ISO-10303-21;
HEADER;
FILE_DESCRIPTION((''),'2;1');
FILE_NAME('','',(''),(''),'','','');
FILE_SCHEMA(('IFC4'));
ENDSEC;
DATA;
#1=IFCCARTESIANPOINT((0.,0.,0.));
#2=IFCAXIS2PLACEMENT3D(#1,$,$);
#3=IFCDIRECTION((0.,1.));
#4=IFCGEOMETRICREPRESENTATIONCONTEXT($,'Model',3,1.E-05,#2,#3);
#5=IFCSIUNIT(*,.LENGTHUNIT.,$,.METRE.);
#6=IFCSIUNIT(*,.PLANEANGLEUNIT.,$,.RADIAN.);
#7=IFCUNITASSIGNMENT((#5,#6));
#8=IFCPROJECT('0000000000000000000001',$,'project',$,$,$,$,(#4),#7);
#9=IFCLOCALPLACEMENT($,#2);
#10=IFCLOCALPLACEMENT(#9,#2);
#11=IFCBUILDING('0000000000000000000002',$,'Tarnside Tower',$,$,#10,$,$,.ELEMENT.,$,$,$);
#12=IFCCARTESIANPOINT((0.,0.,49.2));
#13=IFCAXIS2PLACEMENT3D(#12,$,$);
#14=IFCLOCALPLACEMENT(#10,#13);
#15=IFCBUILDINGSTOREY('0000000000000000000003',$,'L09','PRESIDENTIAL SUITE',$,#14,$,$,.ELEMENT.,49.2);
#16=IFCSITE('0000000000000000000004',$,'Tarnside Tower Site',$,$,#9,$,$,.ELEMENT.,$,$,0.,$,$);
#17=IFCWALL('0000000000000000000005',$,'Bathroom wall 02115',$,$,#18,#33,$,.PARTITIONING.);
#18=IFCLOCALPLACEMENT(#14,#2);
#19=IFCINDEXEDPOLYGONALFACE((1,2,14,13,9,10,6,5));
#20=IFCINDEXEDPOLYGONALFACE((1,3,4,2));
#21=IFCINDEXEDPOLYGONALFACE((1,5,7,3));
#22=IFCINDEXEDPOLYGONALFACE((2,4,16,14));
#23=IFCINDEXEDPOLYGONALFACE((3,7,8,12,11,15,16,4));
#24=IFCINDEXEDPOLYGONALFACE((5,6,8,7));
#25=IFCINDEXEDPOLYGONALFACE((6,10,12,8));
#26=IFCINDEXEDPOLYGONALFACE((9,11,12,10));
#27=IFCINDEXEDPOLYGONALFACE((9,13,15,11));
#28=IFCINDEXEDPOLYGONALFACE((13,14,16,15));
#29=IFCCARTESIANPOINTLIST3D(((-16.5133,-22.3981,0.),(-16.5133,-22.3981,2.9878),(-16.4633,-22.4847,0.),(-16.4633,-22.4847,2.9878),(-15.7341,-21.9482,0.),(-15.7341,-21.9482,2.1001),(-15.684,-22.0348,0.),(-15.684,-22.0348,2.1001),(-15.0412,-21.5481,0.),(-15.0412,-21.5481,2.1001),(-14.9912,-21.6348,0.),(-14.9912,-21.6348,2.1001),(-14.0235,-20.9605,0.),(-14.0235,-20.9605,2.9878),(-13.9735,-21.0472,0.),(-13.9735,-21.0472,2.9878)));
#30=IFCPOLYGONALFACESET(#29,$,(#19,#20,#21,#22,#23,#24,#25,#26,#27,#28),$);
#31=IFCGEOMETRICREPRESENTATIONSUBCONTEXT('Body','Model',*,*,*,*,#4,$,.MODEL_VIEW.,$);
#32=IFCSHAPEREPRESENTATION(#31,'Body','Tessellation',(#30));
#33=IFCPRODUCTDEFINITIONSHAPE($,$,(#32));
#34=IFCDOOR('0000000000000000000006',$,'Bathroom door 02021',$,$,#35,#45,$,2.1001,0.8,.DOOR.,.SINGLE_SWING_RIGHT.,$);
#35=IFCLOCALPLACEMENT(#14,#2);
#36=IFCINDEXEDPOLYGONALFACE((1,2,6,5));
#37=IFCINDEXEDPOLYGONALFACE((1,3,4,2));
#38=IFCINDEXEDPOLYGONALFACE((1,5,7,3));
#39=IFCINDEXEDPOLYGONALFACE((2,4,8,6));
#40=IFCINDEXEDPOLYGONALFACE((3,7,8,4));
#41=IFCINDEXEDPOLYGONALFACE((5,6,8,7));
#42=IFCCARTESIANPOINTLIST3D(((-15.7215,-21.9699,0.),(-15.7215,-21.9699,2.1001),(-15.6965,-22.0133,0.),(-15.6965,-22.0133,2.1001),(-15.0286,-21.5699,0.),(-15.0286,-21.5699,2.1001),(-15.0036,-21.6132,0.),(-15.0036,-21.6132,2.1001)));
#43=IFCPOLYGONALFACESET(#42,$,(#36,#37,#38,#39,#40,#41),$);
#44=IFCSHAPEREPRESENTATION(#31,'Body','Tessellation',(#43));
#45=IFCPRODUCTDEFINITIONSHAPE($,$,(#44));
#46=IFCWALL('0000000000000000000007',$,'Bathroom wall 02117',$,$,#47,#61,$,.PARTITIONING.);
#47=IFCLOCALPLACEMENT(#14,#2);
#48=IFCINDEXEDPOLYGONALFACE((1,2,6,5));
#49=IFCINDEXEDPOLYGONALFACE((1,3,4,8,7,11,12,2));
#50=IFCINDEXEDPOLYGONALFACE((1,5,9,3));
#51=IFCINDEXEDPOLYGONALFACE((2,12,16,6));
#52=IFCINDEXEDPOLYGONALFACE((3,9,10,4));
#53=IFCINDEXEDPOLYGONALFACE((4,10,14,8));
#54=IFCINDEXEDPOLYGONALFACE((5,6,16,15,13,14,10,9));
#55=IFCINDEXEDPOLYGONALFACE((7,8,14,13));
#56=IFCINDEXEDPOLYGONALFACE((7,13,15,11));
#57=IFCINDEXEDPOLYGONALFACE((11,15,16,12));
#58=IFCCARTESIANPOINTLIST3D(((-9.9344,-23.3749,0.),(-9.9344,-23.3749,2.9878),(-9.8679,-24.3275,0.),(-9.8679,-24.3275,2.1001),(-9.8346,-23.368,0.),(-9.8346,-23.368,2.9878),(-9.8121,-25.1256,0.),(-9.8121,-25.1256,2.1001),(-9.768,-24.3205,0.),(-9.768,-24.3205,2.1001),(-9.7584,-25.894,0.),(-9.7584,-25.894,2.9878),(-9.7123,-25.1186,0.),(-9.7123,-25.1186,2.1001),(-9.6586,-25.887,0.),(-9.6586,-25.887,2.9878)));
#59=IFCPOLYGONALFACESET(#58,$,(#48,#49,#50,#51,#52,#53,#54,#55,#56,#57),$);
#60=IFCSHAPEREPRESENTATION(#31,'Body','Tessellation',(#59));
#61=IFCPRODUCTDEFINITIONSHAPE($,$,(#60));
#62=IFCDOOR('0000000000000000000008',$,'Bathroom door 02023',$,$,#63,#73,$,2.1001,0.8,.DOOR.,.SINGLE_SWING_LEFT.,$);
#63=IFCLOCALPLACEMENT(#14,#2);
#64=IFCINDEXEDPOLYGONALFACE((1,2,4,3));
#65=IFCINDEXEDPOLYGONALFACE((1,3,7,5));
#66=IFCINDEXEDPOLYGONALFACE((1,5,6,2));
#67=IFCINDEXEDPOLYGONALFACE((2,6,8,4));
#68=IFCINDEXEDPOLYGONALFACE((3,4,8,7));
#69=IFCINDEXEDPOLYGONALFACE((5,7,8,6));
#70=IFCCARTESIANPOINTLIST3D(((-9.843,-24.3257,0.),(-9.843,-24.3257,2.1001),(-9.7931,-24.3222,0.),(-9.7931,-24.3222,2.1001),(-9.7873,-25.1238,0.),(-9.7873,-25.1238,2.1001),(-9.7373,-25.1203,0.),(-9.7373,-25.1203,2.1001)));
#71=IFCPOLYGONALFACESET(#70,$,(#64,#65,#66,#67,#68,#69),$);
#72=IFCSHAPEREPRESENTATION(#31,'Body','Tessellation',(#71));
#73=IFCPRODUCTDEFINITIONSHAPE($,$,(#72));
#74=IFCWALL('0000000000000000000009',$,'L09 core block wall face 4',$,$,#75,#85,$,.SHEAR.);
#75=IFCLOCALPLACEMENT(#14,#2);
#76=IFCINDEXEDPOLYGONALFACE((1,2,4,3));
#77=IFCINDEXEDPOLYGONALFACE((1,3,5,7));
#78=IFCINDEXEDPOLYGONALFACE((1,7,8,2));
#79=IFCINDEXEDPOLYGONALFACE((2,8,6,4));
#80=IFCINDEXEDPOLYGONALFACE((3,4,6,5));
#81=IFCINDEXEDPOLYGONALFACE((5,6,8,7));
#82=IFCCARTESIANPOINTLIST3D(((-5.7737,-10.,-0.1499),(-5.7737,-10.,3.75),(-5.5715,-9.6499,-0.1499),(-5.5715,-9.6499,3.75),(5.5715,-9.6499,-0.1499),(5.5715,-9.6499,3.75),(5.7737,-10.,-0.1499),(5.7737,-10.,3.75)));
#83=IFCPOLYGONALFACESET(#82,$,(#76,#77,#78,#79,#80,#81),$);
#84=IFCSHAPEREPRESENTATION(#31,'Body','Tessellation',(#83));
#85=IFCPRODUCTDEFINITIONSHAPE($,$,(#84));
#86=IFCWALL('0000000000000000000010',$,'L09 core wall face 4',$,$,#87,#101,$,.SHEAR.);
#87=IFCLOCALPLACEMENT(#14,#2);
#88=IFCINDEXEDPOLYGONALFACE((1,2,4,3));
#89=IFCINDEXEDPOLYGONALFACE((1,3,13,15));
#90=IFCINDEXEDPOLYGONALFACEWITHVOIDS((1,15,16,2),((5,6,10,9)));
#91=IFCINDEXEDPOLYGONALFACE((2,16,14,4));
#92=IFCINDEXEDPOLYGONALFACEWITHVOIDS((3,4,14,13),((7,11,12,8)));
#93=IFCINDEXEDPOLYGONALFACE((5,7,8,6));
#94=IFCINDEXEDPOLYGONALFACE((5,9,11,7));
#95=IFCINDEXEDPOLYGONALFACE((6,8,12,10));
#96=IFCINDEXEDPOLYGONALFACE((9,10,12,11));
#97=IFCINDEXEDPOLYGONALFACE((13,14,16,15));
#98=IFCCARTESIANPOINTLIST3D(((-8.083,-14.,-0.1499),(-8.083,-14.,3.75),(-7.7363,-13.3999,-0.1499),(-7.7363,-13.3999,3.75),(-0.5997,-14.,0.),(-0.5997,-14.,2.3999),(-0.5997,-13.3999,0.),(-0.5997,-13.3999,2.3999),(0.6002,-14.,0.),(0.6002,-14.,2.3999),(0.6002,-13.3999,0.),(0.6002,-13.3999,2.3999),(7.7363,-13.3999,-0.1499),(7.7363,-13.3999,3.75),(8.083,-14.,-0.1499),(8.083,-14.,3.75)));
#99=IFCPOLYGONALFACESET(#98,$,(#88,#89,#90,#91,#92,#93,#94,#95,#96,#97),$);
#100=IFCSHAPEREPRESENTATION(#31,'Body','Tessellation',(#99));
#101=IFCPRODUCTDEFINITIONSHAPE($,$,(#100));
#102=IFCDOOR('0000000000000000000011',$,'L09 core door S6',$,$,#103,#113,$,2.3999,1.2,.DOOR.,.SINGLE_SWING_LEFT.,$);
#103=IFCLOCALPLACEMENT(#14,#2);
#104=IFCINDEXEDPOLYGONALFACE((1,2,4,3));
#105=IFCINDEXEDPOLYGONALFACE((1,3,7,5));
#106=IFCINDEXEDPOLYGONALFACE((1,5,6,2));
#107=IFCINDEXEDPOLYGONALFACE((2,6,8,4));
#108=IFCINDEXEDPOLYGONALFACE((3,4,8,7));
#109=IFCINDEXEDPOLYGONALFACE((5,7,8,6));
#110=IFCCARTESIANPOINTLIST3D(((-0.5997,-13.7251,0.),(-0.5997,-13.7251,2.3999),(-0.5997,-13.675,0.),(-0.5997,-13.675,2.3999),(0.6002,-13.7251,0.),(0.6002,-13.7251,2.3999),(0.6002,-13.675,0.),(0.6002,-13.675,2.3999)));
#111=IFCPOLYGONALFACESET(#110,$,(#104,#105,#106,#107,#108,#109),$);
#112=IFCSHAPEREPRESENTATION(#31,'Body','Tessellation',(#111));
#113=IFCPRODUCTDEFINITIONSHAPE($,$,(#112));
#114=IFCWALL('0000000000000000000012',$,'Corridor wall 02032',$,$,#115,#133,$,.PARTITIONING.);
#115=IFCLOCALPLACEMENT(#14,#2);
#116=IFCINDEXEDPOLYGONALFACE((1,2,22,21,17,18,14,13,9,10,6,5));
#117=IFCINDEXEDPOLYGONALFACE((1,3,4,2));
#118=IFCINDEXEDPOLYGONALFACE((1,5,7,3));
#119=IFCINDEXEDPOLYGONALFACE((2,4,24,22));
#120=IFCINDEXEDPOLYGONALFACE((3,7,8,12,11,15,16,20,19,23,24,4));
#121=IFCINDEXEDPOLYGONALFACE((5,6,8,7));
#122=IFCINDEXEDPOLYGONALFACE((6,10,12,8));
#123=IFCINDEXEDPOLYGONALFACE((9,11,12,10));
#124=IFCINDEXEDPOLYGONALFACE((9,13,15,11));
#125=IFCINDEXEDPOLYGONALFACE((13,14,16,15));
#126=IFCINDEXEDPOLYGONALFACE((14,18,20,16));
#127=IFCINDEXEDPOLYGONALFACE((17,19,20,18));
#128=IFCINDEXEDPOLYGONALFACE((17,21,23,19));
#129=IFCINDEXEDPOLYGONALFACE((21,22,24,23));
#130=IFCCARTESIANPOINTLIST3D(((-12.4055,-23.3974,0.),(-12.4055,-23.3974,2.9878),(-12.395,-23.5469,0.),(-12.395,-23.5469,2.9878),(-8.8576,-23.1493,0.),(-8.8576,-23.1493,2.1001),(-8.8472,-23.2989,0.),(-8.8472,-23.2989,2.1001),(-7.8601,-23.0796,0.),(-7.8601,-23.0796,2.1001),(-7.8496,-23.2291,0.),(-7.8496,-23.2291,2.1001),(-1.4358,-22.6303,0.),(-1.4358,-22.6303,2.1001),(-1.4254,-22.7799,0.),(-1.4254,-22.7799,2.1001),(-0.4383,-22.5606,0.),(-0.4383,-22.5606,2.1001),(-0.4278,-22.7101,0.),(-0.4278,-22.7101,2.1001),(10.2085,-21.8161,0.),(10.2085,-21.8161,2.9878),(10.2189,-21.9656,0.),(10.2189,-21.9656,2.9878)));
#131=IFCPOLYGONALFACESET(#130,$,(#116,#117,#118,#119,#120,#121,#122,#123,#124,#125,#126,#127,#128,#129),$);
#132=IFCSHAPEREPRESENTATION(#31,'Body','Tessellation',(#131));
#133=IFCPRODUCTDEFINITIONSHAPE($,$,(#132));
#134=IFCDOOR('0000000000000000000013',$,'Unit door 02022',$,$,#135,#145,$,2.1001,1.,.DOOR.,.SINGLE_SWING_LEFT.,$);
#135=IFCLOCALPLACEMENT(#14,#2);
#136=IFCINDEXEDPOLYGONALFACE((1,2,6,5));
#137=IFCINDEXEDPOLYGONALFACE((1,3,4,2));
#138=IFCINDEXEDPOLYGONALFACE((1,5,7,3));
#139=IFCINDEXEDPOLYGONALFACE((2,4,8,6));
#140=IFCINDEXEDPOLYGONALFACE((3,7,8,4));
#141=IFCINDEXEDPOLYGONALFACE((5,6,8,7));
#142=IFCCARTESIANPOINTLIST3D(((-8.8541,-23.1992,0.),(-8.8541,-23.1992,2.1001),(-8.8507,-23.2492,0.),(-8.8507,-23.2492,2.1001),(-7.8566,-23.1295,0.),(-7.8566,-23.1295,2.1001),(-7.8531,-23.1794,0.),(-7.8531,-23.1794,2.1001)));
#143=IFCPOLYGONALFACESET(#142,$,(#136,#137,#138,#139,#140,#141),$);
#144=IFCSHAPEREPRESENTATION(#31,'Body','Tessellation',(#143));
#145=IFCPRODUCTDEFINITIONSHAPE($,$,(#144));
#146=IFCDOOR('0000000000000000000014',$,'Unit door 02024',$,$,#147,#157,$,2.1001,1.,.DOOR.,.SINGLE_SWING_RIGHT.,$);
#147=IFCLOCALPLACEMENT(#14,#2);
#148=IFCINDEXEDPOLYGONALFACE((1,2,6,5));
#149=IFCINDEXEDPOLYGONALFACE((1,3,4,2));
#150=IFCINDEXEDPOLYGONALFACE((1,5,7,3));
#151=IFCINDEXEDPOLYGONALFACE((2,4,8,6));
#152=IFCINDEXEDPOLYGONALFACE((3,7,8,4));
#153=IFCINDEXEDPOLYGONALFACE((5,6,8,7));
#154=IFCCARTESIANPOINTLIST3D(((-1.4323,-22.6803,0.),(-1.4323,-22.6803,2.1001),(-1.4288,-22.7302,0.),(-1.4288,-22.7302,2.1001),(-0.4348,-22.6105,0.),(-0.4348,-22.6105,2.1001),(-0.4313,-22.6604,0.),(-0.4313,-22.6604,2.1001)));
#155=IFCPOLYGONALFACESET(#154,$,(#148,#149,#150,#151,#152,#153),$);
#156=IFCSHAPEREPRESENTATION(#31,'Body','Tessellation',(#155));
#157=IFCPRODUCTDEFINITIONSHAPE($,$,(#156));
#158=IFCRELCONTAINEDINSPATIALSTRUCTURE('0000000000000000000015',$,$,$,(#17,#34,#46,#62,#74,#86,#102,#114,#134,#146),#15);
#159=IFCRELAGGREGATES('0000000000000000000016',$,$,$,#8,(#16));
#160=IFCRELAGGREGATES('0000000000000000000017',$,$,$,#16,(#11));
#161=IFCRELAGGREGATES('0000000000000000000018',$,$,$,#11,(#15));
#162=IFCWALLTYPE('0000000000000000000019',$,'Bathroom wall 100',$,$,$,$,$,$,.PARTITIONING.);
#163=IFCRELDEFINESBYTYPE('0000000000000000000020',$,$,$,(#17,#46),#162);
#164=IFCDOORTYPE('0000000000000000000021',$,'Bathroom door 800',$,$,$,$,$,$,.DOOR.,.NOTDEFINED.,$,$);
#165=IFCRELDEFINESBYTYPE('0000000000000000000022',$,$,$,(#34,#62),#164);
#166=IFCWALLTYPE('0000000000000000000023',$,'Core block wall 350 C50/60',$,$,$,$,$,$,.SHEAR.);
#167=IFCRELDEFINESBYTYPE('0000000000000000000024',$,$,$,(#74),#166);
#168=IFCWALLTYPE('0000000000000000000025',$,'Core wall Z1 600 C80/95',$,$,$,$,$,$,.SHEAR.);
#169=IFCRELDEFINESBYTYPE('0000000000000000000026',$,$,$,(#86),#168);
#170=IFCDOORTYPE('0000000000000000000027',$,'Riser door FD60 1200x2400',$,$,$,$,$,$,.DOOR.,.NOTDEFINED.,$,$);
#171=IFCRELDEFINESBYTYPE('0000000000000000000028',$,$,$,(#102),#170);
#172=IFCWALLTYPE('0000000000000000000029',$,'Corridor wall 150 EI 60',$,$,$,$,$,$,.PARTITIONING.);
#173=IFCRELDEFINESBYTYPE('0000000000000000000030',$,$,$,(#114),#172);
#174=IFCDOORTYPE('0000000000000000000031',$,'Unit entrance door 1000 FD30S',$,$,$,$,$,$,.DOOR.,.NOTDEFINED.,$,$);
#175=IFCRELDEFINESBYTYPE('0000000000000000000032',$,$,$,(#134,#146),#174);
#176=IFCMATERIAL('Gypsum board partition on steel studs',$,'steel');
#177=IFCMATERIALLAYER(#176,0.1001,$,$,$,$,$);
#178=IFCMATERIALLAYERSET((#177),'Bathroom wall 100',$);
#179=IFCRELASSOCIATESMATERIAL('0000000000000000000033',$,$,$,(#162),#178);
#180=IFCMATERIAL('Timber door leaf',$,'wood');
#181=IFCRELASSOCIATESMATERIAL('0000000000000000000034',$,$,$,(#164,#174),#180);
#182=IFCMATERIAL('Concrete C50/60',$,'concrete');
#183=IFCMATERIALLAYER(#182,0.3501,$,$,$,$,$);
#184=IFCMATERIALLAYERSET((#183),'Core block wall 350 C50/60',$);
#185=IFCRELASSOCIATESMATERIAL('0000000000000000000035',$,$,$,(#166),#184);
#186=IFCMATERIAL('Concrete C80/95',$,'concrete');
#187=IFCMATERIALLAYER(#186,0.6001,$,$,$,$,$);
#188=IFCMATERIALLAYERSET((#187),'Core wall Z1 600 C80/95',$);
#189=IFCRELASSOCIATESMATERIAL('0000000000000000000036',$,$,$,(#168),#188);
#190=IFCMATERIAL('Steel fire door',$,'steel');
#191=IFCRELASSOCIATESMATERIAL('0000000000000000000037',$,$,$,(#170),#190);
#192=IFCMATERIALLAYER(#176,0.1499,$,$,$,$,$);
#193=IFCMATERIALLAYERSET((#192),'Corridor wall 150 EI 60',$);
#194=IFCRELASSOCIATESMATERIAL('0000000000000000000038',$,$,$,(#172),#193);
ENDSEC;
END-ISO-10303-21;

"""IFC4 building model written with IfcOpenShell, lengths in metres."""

from ifc_helpers import new_model, si_unit, direction, frame, frame_2d, origin, place, context, subcontext, project, spatial, polyline, rectangle, outline, extrude, material, layer, layer_set, type_object, element, fill, save


model = new_model("IFC4")

# Units and contexts
model_context = context("Model", 3, precision=1e-05, world=origin(), true_north=direction((0.0, 1.0)))
body_context = subcontext(model_context, "Body", "Model", "MODEL_VIEW")
ifc_project = project(units=[si_unit("LENGTHUNIT", "METRE"), si_unit("PLANEANGLEUNIT", "RADIAN")], contexts=[model_context])

# Site, building, storey
site_placement = place(None, origin())
site = spatial("IfcSite", under=ifc_project, at=site_placement, Name="Tarnside Tower Site", CompositionType="ELEMENT", RefElevation=0.0)
building_placement = place(site_placement, origin())
building = spatial("IfcBuilding", under=site, at=building_placement, Name="Tarnside Tower", CompositionType="ELEMENT")
storey_placement = place(building_placement, frame((0.0, 0.0, 49.2)))
storey = spatial("IfcBuildingStorey", under=building, at=storey_placement, Name="L09", Description="PRESIDENTIAL SUITE", CompositionType="ELEMENT", Elevation=49.2)

# Walls, openings, doors
ifc_material_1 = material(Name="Gypsum board partition on steel studs", Category="steel")
ifc_layer_1 = layer(ifc_material_1, 0.1001)
ifc_layer_set_1 = layer_set([ifc_layer_1], Name="Bathroom wall 100")
wall_type_1 = type_object("IfcWallType", Name="Bathroom wall 100", PredefinedType="PARTITIONING", material=ifc_layer_set_1)
wall_1_placement = place(storey_placement, frame((-16.4883, -22.4414, 0.0), z_axis=(0.0, 0.0, 1.0), x_axis=(0.866019, 0.500012, 0.0)))
wall_1 = element("IfcWall", 1, at=wall_1_placement, inside=storey, type_object=wall_type_1, Name="Bathroom wall 02115", PredefinedType="PARTITIONING", context=body_context, shape_type="SweptSolid", body=[
    extrude(rectangle(XDim=2.875, YDim=0.1001, at=frame_2d((1.4375, 0.0))), origin(), (0.0, 0.0, 1.0), 2.9878),
])
opening_1_placement = place(wall_1_placement, frame((0.8999, 0.0, 0.0)))
opening_1 = element("IfcOpeningElement", 2, at=opening_1_placement, cuts=wall_1, PredefinedType="OPENING", context=body_context, shape_type="SweptSolid", body=[
    extrude(rectangle(XDim=0.8, YDim=2.1001, at=frame_2d((0.3999, 1.05))), frame((0.0, 0.0601, 0.0), z_axis=(0.0, -1.0, 0.0), x_axis=(1.0, 0.0, 0.0)), (0.0, 0.0, 1.0), 0.1201),
])
ifc_material_2 = material(Name="Timber door leaf", Category="wood")
door_type_1 = type_object("IfcDoorType", Name="Bathroom door 800", OperationType="NOTDEFINED", PredefinedType="DOOR", material=ifc_material_2)
door_1_placement = place(opening_1_placement, origin())
door_1 = element("IfcDoor", 3, at=door_1_placement, inside=storey, type_object=door_type_1, Name="Bathroom door 02021", OperationType="SINGLE_SWING_RIGHT", OverallHeight=2.1001, OverallWidth=0.8, PredefinedType="DOOR", context=body_context, shape_type="SweptSolid", body=[
    extrude(rectangle(XDim=0.8, YDim=2.1001, at=frame_2d((0.3999, 1.05))), frame((0.0, 0.0249, 0.0), z_axis=(0.0, -1.0, 0.0), x_axis=(1.0, 0.0, 0.0)), (0.0, 0.0, 1.0), 0.05),
])
fill(opening_1, door_1)
wall_2_placement = place(storey_placement, frame((-9.8845, -23.3713, 0.0), z_axis=(0.0, 0.0, 1.0), x_axis=(0.069708, -0.997567, 0.0)))
wall_2 = element("IfcWall", 4, at=wall_2_placement, inside=storey, type_object=wall_type_1, Name="Bathroom wall 02117", PredefinedType="PARTITIONING", context=body_context, shape_type="SweptSolid", body=[
    extrude(rectangle(XDim=2.5251, YDim=0.1001, at=frame_2d((1.2627, 0.0))), origin(), (0.0, 0.0, 1.0), 2.9878),
])
opening_2_placement = place(wall_2_placement, frame((0.9551, 0.0, 0.0)))
opening_2 = element("IfcOpeningElement", 5, at=opening_2_placement, cuts=wall_2, PredefinedType="OPENING", context=body_context, shape_type="SweptSolid", body=[
    extrude(rectangle(XDim=0.8, YDim=2.1001, at=frame_2d((0.3999, 1.05))), frame((0.0, 0.0601, 0.0), z_axis=(0.0, -1.0, 0.0), x_axis=(1.0, 0.0, 0.0)), (0.0, 0.0, 1.0), 0.1201),
])
door_2_placement = place(opening_2_placement, origin())
door_2 = element("IfcDoor", 6, at=door_2_placement, inside=storey, type_object=door_type_1, Name="Bathroom door 02023", OperationType="SINGLE_SWING_LEFT", OverallHeight=2.1001, OverallWidth=0.8, PredefinedType="DOOR", context=body_context, shape_type="SweptSolid", body=[
    extrude(rectangle(XDim=0.8, YDim=2.1001, at=frame_2d((0.3999, 1.05))), frame((0.0, 0.0249, 0.0), z_axis=(0.0, -1.0, 0.0), x_axis=(1.0, 0.0, 0.0)), (0.0, 0.0, 1.0), 0.05),
])
fill(opening_2, door_2)

# Wall
ifc_material_3 = material(Name="Concrete C50/60", Category="concrete")
ifc_layer_2 = layer(ifc_material_3, 0.3501)
ifc_layer_set_2 = layer_set([ifc_layer_2], Name="Core block wall 350 C50/60")
wall_type_2 = type_object("IfcWallType", Name="Core block wall 350 C50/60", PredefinedType="SHEAR", material=ifc_layer_set_2)
wall_3_placement = place(storey_placement, frame((-5.6726, -9.825, -0.1499), z_axis=(0.0, 0.0, 1.0), x_axis=(1.0, 0.0, 0.0)))
element("IfcWall", 7, at=wall_3_placement, inside=storey, type_object=wall_type_2, Name="L09 core block wall face 4", PredefinedType="SHEAR", context=body_context, shape_type="SweptSolid", body=[
    extrude(outline(polyline([(-0.1011, -0.175), (11.4463, -0.175), (11.2441, 0.175), (0.1011, 0.175), (-0.1011, -0.175)])), origin(), (0.0, 0.0, 1.0), 3.8999),
])

# Wall, opening, door
ifc_material_4 = material(Name="Concrete C80/95", Category="concrete")
ifc_layer_3 = layer(ifc_material_4, 0.6001)
ifc_layer_set_3 = layer_set([ifc_layer_3], Name="Core wall Z1 600 C80/95")
wall_type_3 = type_object("IfcWallType", Name="Core wall Z1 600 C80/95", PredefinedType="SHEAR", material=ifc_layer_set_3)
wall_4_placement = place(storey_placement, frame((-7.9097, -13.7, -0.1499), z_axis=(0.0, 0.0, 1.0), x_axis=(1.0, 0.0, 0.0)))
wall_4 = element("IfcWall", 8, at=wall_4_placement, inside=storey, type_object=wall_type_3, Name="L09 core wall face 4", PredefinedType="SHEAR", context=body_context, shape_type="SweptSolid", body=[
    extrude(outline(polyline([(-0.1733, -0.3), (15.9927, -0.3), (15.646, 0.3), (0.1733, 0.3), (-0.1733, -0.3)])), origin(), (0.0, 0.0, 1.0), 3.8999),
])
opening_3_placement = place(wall_4_placement, frame((7.3098, 0.0, 0.1499)))
opening_3 = element("IfcOpeningElement", 9, at=opening_3_placement, cuts=wall_4, PredefinedType="OPENING", context=body_context, shape_type="SweptSolid", body=[
    extrude(rectangle(XDim=1.2, YDim=2.3999, at=frame_2d((0.6001, 1.2))), frame((0.0, 0.3101, 0.0), z_axis=(0.0, -1.0, 0.0), x_axis=(1.0, 0.0, 0.0)), (0.0, 0.0, 1.0), 0.6201),
])
ifc_material_5 = material(Name="Steel fire door", Category="steel")
door_type_2 = type_object("IfcDoorType", Name="Riser door FD60 1200x2400", OperationType="NOTDEFINED", PredefinedType="DOOR", material=ifc_material_5)
door_3_placement = place(opening_3_placement, origin())
door_3 = element("IfcDoor", 10, at=door_3_placement, inside=storey, type_object=door_type_2, Name="L09 core door S6", OperationType="SINGLE_SWING_LEFT", OverallHeight=2.3999, OverallWidth=1.2, PredefinedType="DOOR", context=body_context, shape_type="SweptSolid", body=[
    extrude(rectangle(XDim=1.2, YDim=2.3999, at=frame_2d((0.6001, 1.2))), frame((0.0, 0.0249, 0.0), z_axis=(0.0, -1.0, 0.0), x_axis=(1.0, 0.0, 0.0)), (0.0, 0.0, 1.0), 0.05),
])
fill(opening_3, door_3)

# Wall, openings, doors
ifc_layer_4 = layer(ifc_material_1, 0.1499)
ifc_layer_set_4 = layer_set([ifc_layer_4], Name="Corridor wall 150 EI 60")
wall_type_4 = type_object("IfcWallType", Name="Corridor wall 150 EI 60", PredefinedType="PARTITIONING", material=ifc_layer_set_4)
wall_5_placement = place(storey_placement, frame((-12.4001, -23.4722, 0.0), z_axis=(0.0, 0.0, 1.0), x_axis=(0.997564, 0.069755, 0.0)))
wall_5 = element("IfcWall", 11, at=wall_5_placement, inside=storey, type_object=wall_type_4, Name="Corridor wall 02032", PredefinedType="PARTITIONING", context=body_context, shape_type="SweptSolid", body=[
    extrude(rectangle(XDim=22.6692, YDim=0.1499, at=frame_2d((11.3345, 0.0))), origin(), (0.0, 0.0, 1.0), 2.9878),
])
opening_4_placement = place(wall_5_placement, frame((3.5564, 0.0, 0.0)))
opening_4 = element("IfcOpeningElement", 12, at=opening_4_placement, cuts=wall_5, PredefinedType="OPENING", context=body_context, shape_type="SweptSolid", body=[
    extrude(rectangle(XDim=1.0, YDim=2.1001, at=frame_2d((0.5, 1.05))), frame((0.0, 0.085, 0.0), z_axis=(0.0, -1.0, 0.0), x_axis=(1.0, 0.0, 0.0)), (0.0, 0.0, 1.0), 0.1699),
])
opening_5_placement = place(wall_5_placement, frame((10.9963, 0.0, 0.0)))
opening_5 = element("IfcOpeningElement", 13, at=opening_5_placement, cuts=wall_5, PredefinedType="OPENING", context=body_context, shape_type="SweptSolid", body=[
    extrude(rectangle(XDim=1.0, YDim=2.1001, at=frame_2d((0.5, 1.05))), frame((0.0, 0.085, 0.0), z_axis=(0.0, -1.0, 0.0), x_axis=(1.0, 0.0, 0.0)), (0.0, 0.0, 1.0), 0.1699),
])
door_type_3 = type_object("IfcDoorType", Name="Unit entrance door 1000 FD30S", OperationType="NOTDEFINED", PredefinedType="DOOR", material=ifc_material_2)
door_4_placement = place(opening_4_placement, origin())
door_4 = element("IfcDoor", 14, at=door_4_placement, inside=storey, type_object=door_type_3, Name="Unit door 02022", OperationType="SINGLE_SWING_LEFT", OverallHeight=2.1001, OverallWidth=1.0, PredefinedType="DOOR", context=body_context, shape_type="SweptSolid", body=[
    extrude(rectangle(XDim=1.0, YDim=2.1001, at=frame_2d((0.5, 1.05))), frame((0.0, 0.0249, 0.0), z_axis=(0.0, -1.0, 0.0), x_axis=(1.0, 0.0, 0.0)), (0.0, 0.0, 1.0), 0.05),
])
fill(opening_4, door_4)
door_5_placement = place(opening_5_placement, origin())
door_5 = element("IfcDoor", 15, at=door_5_placement, inside=storey, type_object=door_type_3, Name="Unit door 02024", OperationType="SINGLE_SWING_RIGHT", OverallHeight=2.1001, OverallWidth=1.0, PredefinedType="DOOR", context=body_context, shape_type="SweptSolid", body=[
    extrude(rectangle(XDim=1.0, YDim=2.1001, at=frame_2d((0.5, 1.05))), frame((0.0, 0.0249, 0.0), z_axis=(0.0, -1.0, 0.0), x_axis=(1.0, 0.0, 0.0)), (0.0, 0.0, 1.0), 0.05),
])
fill(opening_5, door_5)

save(model, "model.ifc")
